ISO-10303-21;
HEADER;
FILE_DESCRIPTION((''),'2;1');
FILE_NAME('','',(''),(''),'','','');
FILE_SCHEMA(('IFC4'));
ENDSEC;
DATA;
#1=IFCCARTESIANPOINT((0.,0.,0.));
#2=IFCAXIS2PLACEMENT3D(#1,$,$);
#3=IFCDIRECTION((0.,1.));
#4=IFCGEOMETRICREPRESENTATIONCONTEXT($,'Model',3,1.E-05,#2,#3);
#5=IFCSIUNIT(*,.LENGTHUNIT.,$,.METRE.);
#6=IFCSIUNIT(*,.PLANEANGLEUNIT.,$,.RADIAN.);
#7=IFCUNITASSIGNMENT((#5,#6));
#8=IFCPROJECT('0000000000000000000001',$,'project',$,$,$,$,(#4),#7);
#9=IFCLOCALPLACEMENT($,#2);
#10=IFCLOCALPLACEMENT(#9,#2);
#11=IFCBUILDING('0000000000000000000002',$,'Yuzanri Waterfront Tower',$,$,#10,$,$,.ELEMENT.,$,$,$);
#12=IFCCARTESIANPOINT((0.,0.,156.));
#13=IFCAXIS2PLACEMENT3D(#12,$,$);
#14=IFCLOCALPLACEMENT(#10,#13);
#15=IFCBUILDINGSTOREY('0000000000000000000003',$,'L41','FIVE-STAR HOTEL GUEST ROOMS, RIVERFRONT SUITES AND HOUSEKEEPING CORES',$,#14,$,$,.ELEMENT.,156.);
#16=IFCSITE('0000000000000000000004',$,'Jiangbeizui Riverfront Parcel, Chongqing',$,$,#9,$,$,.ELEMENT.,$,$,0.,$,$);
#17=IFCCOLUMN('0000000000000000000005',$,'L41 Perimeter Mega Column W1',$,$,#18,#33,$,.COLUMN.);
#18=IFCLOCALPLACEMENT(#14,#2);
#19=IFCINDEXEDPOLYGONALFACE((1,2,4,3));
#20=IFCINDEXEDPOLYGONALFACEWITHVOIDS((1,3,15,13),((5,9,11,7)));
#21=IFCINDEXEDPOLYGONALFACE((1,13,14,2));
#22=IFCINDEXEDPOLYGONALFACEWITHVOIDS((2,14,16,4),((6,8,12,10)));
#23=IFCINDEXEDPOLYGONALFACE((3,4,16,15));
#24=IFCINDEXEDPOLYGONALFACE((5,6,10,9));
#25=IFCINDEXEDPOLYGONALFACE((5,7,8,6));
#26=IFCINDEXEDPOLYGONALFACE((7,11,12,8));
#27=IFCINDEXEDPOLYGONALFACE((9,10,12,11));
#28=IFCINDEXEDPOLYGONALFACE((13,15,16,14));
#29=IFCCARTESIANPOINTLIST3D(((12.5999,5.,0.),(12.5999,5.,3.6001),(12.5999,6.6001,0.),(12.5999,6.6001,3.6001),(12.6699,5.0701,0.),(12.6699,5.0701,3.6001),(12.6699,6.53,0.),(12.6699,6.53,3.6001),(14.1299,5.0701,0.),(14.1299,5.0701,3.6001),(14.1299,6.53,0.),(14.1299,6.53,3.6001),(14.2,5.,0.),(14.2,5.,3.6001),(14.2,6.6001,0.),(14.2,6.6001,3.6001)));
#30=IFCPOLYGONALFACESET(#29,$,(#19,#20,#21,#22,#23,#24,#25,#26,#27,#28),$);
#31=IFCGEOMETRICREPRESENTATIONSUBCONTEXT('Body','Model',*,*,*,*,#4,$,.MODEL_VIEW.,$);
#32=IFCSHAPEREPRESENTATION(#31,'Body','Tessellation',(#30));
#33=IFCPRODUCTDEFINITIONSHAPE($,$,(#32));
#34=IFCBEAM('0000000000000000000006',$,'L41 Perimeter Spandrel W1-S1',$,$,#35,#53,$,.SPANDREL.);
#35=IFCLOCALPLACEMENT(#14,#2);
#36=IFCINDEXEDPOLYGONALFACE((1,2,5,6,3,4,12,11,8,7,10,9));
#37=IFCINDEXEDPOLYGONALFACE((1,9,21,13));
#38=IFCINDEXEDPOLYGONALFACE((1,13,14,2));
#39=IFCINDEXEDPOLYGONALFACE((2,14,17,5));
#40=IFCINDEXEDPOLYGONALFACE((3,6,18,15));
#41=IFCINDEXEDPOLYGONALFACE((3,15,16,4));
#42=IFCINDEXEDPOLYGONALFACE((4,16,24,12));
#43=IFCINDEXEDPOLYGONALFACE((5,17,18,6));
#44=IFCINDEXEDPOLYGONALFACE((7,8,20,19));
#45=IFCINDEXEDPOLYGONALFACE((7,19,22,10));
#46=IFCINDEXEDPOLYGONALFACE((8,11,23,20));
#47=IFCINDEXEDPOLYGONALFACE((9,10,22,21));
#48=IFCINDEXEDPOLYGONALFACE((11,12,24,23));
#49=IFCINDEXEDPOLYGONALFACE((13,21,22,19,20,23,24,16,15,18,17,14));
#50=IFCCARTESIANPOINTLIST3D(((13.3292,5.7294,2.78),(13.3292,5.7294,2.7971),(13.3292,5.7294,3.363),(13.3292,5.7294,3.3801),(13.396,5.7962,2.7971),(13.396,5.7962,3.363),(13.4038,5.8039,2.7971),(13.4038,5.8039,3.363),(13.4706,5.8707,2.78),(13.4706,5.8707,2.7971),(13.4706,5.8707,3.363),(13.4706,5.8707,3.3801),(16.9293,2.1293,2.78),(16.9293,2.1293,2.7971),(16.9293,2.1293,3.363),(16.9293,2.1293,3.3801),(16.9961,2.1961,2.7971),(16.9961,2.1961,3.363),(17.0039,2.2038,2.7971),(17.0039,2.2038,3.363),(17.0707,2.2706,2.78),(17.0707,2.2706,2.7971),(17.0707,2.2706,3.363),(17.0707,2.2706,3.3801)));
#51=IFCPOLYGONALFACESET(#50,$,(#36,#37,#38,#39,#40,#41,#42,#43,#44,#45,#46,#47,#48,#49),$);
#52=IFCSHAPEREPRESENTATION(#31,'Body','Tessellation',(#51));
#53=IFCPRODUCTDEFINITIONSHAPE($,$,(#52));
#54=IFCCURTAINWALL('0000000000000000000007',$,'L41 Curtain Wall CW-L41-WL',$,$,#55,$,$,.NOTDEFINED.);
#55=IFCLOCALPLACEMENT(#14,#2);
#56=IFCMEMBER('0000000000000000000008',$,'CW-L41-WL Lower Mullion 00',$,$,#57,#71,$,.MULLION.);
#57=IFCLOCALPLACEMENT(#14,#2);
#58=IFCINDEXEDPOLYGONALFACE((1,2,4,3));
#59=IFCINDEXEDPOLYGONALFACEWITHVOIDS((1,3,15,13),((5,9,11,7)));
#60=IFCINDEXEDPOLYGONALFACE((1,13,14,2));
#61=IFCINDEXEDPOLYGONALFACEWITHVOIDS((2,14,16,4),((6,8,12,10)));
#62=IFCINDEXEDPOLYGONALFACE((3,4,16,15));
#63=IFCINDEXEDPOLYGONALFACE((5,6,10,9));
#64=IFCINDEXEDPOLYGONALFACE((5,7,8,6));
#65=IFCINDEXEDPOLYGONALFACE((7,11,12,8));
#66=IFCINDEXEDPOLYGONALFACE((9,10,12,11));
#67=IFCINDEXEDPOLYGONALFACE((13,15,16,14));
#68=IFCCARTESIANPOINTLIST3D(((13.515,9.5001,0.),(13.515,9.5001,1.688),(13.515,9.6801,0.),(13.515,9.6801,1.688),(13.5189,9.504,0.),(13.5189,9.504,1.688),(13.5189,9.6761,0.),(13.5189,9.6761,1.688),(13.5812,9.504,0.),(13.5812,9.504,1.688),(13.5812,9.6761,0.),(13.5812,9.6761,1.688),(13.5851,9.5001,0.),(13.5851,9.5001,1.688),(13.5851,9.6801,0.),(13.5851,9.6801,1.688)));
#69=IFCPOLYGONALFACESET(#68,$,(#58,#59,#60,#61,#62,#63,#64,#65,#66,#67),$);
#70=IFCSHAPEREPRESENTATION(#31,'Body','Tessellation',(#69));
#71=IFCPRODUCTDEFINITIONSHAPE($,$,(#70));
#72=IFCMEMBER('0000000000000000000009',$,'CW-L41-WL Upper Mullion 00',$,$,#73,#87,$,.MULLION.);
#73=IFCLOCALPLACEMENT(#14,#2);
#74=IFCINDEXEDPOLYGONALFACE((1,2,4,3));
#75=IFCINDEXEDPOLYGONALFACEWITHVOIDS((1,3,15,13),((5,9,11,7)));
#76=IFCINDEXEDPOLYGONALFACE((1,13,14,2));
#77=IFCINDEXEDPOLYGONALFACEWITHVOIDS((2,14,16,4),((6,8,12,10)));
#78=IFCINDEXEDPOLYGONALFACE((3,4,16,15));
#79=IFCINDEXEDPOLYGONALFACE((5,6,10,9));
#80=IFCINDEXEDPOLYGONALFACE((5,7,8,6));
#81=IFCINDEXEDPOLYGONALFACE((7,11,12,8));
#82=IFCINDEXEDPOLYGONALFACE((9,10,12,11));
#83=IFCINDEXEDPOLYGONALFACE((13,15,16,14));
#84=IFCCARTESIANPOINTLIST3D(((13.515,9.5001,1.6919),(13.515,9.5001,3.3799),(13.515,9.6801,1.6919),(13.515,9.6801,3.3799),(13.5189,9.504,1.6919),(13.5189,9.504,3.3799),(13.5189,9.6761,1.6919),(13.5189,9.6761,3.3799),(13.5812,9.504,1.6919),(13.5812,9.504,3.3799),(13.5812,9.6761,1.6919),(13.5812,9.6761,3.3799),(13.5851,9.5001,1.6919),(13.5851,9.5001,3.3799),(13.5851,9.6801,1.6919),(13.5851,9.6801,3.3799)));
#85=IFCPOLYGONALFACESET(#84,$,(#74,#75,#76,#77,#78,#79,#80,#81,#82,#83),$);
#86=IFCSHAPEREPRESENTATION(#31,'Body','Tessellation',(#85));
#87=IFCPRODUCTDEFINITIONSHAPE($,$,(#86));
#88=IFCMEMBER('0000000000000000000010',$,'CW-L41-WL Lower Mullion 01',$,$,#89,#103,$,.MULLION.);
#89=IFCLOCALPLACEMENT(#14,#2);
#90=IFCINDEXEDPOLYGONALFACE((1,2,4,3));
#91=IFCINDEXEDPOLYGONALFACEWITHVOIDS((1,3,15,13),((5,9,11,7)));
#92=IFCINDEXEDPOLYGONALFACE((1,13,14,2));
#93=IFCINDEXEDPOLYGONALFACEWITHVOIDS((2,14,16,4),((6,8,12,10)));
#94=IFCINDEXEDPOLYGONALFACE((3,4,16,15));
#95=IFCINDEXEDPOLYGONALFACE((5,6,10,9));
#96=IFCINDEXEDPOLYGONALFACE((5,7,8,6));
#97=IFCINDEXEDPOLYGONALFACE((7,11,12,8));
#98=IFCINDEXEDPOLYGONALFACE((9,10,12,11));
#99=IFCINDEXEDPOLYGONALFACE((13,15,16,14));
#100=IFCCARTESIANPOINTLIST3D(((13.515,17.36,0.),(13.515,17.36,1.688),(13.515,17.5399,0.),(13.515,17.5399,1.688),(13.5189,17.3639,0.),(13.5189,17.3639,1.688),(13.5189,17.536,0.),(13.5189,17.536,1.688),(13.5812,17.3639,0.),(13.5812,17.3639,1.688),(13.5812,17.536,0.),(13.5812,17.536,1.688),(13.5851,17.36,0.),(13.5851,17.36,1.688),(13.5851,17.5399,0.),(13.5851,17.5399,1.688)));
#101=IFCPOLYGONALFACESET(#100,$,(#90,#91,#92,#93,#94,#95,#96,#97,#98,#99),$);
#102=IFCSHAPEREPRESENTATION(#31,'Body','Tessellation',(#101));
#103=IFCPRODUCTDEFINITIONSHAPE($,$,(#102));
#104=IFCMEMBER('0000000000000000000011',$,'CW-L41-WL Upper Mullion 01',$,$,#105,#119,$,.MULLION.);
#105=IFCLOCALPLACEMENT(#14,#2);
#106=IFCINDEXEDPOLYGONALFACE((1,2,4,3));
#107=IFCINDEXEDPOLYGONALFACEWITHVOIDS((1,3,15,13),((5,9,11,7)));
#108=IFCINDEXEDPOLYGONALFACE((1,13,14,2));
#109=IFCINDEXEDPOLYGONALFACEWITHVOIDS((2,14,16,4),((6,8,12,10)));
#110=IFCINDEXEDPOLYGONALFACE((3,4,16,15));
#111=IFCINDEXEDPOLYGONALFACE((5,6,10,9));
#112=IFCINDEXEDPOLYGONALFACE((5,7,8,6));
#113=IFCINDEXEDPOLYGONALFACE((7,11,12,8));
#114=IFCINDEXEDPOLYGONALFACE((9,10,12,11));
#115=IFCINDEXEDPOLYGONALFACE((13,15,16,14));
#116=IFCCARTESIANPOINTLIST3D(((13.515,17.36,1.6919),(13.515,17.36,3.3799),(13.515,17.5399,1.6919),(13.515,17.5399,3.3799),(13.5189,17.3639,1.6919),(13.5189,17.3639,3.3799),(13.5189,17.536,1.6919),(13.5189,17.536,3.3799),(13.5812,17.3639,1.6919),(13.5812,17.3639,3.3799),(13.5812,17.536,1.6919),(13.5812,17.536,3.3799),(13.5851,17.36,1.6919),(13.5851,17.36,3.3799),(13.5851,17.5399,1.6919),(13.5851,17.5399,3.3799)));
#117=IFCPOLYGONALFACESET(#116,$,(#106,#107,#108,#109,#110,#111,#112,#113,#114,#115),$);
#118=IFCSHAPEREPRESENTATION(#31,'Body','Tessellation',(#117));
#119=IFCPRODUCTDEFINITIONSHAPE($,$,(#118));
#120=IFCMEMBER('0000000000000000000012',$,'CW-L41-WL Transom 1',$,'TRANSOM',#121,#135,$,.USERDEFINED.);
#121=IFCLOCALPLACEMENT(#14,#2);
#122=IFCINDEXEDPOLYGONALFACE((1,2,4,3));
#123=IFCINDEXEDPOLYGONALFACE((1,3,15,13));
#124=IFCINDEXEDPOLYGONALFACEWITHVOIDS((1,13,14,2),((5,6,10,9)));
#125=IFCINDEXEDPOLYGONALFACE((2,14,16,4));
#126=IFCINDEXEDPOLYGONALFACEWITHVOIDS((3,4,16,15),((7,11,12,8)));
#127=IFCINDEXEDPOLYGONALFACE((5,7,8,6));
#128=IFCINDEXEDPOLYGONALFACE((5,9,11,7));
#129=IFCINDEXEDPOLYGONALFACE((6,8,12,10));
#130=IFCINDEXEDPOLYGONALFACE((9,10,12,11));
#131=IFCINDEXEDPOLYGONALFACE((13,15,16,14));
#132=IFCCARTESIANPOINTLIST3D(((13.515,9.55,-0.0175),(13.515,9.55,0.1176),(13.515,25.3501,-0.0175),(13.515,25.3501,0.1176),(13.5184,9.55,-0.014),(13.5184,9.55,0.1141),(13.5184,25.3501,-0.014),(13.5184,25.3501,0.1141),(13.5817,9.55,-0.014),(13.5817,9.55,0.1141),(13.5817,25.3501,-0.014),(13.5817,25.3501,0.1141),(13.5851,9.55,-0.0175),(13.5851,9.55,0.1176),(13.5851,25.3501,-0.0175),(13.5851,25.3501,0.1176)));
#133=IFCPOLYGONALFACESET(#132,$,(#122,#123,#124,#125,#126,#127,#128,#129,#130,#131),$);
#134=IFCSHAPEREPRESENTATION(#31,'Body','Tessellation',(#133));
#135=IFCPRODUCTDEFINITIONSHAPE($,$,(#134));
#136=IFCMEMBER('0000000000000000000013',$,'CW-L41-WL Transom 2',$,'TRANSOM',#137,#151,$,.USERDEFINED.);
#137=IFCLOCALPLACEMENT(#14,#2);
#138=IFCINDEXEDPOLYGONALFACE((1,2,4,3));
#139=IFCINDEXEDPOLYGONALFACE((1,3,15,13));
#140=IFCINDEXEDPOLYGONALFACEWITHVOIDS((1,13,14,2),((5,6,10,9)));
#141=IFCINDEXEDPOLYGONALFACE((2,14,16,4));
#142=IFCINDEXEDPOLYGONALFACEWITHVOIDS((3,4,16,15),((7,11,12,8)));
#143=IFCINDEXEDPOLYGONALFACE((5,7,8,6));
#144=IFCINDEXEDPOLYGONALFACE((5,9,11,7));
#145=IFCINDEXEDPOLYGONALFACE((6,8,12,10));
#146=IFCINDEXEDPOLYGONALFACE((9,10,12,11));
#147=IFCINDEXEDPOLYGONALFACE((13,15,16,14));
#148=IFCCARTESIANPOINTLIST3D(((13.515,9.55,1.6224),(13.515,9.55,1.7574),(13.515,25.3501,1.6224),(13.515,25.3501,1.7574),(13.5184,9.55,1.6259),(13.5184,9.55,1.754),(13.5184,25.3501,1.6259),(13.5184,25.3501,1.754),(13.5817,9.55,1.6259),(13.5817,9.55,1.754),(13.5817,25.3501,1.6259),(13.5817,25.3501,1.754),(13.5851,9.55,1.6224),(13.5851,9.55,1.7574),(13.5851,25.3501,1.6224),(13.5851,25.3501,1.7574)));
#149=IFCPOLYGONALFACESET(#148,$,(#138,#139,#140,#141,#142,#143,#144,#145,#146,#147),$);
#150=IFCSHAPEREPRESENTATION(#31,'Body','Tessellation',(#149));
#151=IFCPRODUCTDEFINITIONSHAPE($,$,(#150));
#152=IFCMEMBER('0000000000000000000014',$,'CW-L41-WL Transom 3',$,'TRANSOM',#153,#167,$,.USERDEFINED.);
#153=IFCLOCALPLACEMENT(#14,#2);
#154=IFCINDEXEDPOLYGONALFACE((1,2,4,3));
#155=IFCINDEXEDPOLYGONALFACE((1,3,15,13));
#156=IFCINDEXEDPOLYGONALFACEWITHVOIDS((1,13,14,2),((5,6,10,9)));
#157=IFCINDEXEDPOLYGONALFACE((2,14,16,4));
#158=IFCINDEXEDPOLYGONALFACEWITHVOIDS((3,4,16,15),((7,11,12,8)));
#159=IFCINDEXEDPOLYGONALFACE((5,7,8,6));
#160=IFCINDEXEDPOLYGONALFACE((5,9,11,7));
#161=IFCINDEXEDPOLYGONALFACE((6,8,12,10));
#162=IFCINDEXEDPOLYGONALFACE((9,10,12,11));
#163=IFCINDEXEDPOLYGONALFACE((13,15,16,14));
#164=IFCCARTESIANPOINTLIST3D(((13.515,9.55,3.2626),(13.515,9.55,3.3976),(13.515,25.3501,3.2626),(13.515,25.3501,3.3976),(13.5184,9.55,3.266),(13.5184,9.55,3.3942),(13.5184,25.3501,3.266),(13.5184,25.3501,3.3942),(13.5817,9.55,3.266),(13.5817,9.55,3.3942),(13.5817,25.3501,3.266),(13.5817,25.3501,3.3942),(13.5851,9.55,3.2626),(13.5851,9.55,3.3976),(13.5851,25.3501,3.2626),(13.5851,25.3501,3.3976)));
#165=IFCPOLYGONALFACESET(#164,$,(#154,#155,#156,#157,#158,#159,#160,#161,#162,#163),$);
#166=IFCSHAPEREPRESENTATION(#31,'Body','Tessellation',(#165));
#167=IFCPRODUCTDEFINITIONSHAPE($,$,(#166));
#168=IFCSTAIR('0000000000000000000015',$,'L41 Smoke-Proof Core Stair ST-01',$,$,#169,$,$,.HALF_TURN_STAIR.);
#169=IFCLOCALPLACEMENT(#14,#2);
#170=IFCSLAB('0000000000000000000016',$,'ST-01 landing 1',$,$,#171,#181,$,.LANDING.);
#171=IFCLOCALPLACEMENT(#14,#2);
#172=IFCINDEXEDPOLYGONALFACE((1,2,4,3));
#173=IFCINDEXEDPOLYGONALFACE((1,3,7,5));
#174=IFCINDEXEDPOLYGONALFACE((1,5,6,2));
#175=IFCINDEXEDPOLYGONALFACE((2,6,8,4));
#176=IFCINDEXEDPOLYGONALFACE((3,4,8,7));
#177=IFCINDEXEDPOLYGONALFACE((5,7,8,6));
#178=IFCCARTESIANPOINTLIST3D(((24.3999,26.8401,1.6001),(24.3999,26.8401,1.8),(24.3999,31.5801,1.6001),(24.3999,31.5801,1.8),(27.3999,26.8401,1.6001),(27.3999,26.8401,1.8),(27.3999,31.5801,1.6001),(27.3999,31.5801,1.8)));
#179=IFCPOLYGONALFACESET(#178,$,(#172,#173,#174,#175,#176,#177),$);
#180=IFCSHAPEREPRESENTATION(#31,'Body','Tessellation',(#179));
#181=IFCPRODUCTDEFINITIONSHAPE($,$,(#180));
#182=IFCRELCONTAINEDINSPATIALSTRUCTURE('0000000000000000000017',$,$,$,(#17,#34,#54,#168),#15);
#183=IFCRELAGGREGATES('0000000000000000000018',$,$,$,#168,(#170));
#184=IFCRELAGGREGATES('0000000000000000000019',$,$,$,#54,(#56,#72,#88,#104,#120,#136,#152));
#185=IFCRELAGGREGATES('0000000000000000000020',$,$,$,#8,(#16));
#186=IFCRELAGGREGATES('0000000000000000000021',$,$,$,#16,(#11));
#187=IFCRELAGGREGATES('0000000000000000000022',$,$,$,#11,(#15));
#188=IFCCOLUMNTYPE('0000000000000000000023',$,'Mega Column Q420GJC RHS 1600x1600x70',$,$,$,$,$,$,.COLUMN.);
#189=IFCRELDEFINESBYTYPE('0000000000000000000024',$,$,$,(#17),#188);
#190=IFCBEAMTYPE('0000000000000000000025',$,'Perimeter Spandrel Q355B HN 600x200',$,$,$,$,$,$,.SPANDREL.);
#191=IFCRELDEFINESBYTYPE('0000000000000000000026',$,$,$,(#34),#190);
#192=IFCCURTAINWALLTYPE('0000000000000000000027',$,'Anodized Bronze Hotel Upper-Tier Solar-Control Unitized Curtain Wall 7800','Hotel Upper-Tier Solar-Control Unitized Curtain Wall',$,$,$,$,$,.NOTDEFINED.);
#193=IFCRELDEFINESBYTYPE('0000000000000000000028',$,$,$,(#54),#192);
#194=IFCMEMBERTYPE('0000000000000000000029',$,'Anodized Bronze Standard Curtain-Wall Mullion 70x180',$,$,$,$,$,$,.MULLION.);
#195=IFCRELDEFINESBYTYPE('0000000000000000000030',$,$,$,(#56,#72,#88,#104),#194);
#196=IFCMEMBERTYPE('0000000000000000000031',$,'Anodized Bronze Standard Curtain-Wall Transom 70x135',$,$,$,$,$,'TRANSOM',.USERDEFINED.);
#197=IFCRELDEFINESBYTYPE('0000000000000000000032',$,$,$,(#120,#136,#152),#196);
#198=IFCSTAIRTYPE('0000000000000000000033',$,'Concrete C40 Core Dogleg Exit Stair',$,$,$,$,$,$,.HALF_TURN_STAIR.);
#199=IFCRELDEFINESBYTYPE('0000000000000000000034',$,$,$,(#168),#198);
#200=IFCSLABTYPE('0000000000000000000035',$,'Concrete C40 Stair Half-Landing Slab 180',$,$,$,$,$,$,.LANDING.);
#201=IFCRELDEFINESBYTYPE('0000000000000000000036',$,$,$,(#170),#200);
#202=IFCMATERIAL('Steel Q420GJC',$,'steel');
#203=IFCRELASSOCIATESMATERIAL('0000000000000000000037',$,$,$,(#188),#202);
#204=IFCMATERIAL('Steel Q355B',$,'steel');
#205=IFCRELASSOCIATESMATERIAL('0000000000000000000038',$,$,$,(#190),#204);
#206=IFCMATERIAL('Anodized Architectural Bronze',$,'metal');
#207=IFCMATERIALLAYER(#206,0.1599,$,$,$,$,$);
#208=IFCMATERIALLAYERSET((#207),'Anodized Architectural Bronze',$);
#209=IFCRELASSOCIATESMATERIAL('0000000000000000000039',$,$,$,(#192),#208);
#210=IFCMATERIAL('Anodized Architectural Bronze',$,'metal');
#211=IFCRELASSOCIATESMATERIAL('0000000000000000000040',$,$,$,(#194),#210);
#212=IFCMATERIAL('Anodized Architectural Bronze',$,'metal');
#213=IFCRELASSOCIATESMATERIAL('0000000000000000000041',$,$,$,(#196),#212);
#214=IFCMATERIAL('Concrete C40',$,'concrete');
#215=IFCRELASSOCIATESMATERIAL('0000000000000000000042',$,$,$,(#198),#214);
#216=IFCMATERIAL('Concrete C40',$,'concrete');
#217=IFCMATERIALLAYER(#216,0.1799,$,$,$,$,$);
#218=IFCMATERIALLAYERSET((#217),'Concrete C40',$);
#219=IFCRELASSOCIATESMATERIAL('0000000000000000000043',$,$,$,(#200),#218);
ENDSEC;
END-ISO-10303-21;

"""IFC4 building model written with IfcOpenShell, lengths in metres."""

from ifc_helpers import new_model, si_unit, direction, frame, origin, origin_2d, place, context, subcontext, project, spatial, polyline, hollow_rectangle, i_section, outline, extrude, source, transform, mapped, material, layer, layer_set, material_profile, profile_set, type_object, element, aggregate, save


model = new_model("IFC4")

# Units and contexts
model_context = context("Model", 3, precision=1e-05, world=origin(), true_north=direction((0.0, 1.0)))
body_context = subcontext(model_context, "Body", "Model", "MODEL_VIEW")
ifc_project = project(units=[si_unit("LENGTHUNIT", "METRE"), si_unit("PLANEANGLEUNIT", "RADIAN")], contexts=[model_context])

# Site, building, storey
site_placement = place(None, origin())
site = spatial("IfcSite", under=ifc_project, at=site_placement, Name="Jiangbeizui Riverfront Parcel, Chongqing", CompositionType="ELEMENT", RefElevation=0.0)
building_placement = place(site_placement, origin())
building = spatial("IfcBuilding", under=site, at=building_placement, Name="Yuzanri Waterfront Tower", CompositionType="ELEMENT")
storey_placement = place(building_placement, frame((0.0, 0.0, 156.0)))
storey = spatial("IfcBuildingStorey", under=building, at=storey_placement, Name="L41", Description="FIVE-STAR HOTEL GUEST ROOMS, RIVERFRONT SUITES AND HOUSEKEEPING CORES", CompositionType="ELEMENT", Elevation=156.0)

# Column
ifc_material_1 = material(Name="Steel Q420GJC", Category="steel")
ifc_material_profile_1 = material_profile(ifc_material_1, hollow_rectangle(XDim=1.6001, YDim=1.6001, WallThickness=0.0701, at=origin_2d()), Name="RHS 1600x1600x70")
ifc_profile_set_1 = profile_set([ifc_material_profile_1], Name="Steel Q420GJC")
column_type = type_object("IfcColumnType", Name="Mega Column Q420GJC RHS 1600x1600x70", PredefinedType="COLUMN", material=ifc_profile_set_1)
shared_shape_1 = source(origin(), body_context, "Body", "SweptSolid", [
    extrude(hollow_rectangle(XDim=1.6001, YDim=1.6001, WallThickness=0.0701, at=origin_2d()), origin(), (0.0, 0.0, 1.0), 3.6001),
])
column_placement = place(storey_placement, frame((13.3999, 5.8, 0.0), z_axis=(0.0, 0.0, 1.0), x_axis=(1.0, 0.0, 0.0)))
element("IfcColumn", 1, at=column_placement, inside=storey, type_object=column_type, Name="L41 Perimeter Mega Column W1", PredefinedType="COLUMN", context=body_context, shape_type="MappedRepresentation", body=[
    mapped(shared_shape_1, transform((0.0, 0.0, 0.0), scale=1.0)),
])

# Beam
ifc_material_2 = material(Name="Steel Q355B", Category="steel")
ifc_material_profile_2 = material_profile(ifc_material_2, i_section(OverallWidth=0.2, OverallDepth=0.6001, WebThickness=0.011, FlangeThickness=0.0171, at=origin_2d()), Name="HN 600x200x11x17")
ifc_profile_set_2 = profile_set([ifc_material_profile_2], Name="Steel Q355B")
beam_type = type_object("IfcBeamType", Name="Perimeter Spandrel Q355B HN 600x200", PredefinedType="SPANDREL", material=ifc_profile_set_2)
shared_shape_2 = source(origin(), body_context, "Body", "SweptSolid", [
    extrude(i_section(OverallWidth=0.2, OverallDepth=0.6001, WebThickness=0.011, FlangeThickness=0.0171, at=origin_2d()), origin(), (0.0, 0.0, 1.0), 5.0913),
])
beam_placement = place(storey_placement, frame((13.3999, 5.8, 3.0801), z_axis=(0.707107, -0.707107, 0.0), x_axis=(0.707107, 0.707107, 0.0)))
element("IfcBeam", 2, at=beam_placement, inside=storey, type_object=beam_type, Name="L41 Perimeter Spandrel W1-S1", PredefinedType="SPANDREL", context=body_context, shape_type="MappedRepresentation", body=[
    mapped(shared_shape_2, transform((0.0, 0.0, 0.0), scale=1.0)),
])

# Curtain wall, members
ifc_material_3 = material(Name="Anodized Architectural Bronze", Category="metal")
ifc_layer_1 = layer(ifc_material_3, 0.1599)
ifc_layer_set_1 = layer_set([ifc_layer_1], Name="Anodized Architectural Bronze")
curtain_wall_type = type_object("IfcCurtainWallType", Name="Anodized Bronze Hotel Upper-Tier Solar-Control Unitized Curtain Wall 7800", Description="Hotel Upper-Tier Solar-Control Unitized Curtain Wall", PredefinedType="NOTDEFINED", material=ifc_layer_set_1)
curtain_wall_placement = place(storey_placement, origin())
curtain_wall = element("IfcCurtainWall", 3, at=curtain_wall_placement, inside=storey, type_object=curtain_wall_type, Name="L41 Curtain Wall CW-L41-WL", PredefinedType="NOTDEFINED")
ifc_material_4 = material(Name="Anodized Architectural Bronze", Category="metal")
ifc_material_profile_3 = material_profile(ifc_material_4, hollow_rectangle(XDim=0.0701, YDim=0.1799, WallThickness=0.0039, at=origin_2d()), Name="CWM 70x180")
ifc_profile_set_3 = profile_set([ifc_material_profile_3], Name="Anodized Architectural Bronze")
member_type_1 = type_object("IfcMemberType", Name="Anodized Bronze Standard Curtain-Wall Mullion 70x180", PredefinedType="MULLION", material=ifc_profile_set_3)
shared_shape_3 = source(origin(), body_context, "Body", "SweptSolid", [
    extrude(hollow_rectangle(XDim=0.0701, YDim=0.1799, WallThickness=0.0039, at=origin_2d()), origin(), (0.0, 0.0, 1.0), 1.688),
])
member_1_placement = place(storey_placement, frame((13.55, 9.5901, 0.0), z_axis=(0.0, 0.0, 1.0), x_axis=(1.0, 0.0, 0.0)))
member_1 = element("IfcMember", 4, at=member_1_placement, type_object=member_type_1, Name="CW-L41-WL Lower Mullion 00", PredefinedType="MULLION", context=body_context, shape_type="MappedRepresentation", body=[
    mapped(shared_shape_3, transform((0.0, 0.0, 0.0), scale=1.0)),
])
member_2_placement = place(storey_placement, frame((13.55, 9.5901, 1.6919), z_axis=(0.0, 0.0, 1.0), x_axis=(1.0, 0.0, 0.0)))
member_2 = element("IfcMember", 5, at=member_2_placement, type_object=member_type_1, Name="CW-L41-WL Upper Mullion 00", PredefinedType="MULLION", context=body_context, shape_type="MappedRepresentation", body=[
    mapped(shared_shape_3, transform((0.0, 0.0, 0.0), scale=1.0)),
])
member_3_placement = place(storey_placement, frame((13.55, 17.45, 0.0), z_axis=(0.0, 0.0, 1.0), x_axis=(1.0, 0.0, 0.0)))
member_3 = element("IfcMember", 6, at=member_3_placement, type_object=member_type_1, Name="CW-L41-WL Lower Mullion 01", PredefinedType="MULLION", context=body_context, shape_type="MappedRepresentation", body=[
    mapped(shared_shape_3, transform((0.0, 0.0, 0.0), scale=1.0)),
])
member_4_placement = place(storey_placement, frame((13.55, 17.45, 1.6919), z_axis=(0.0, 0.0, 1.0), x_axis=(1.0, 0.0, 0.0)))
member_4 = element("IfcMember", 7, at=member_4_placement, type_object=member_type_1, Name="CW-L41-WL Upper Mullion 01", PredefinedType="MULLION", context=body_context, shape_type="MappedRepresentation", body=[
    mapped(shared_shape_3, transform((0.0, 0.0, 0.0), scale=1.0)),
])
ifc_material_5 = material(Name="Anodized Architectural Bronze", Category="metal")
ifc_material_profile_4 = material_profile(ifc_material_5, hollow_rectangle(XDim=0.0701, YDim=0.135, WallThickness=0.0034, at=origin_2d()), Name="CWT 70x135")
ifc_profile_set_4 = profile_set([ifc_material_profile_4], Name="Anodized Architectural Bronze")
member_type_2 = type_object("IfcMemberType", Name="Anodized Bronze Standard Curtain-Wall Transom 70x135", ElementType="TRANSOM", PredefinedType="USERDEFINED", material=ifc_profile_set_4)
shared_shape_4 = source(origin(), body_context, "Body", "SweptSolid", [
    extrude(hollow_rectangle(XDim=0.0701, YDim=0.135, WallThickness=0.0034, at=origin_2d()), origin(), (0.0, 0.0, 1.0), 15.8),
])
member_5_placement = place(storey_placement, frame((13.55, 9.55, 0.05), z_axis=(0.0, 1.0, 0.0), x_axis=(-1.0, 0.0, 0.0)))
member_5 = element("IfcMember", 8, at=member_5_placement, type_object=member_type_2, Name="CW-L41-WL Transom 1", ObjectType="TRANSOM", PredefinedType="USERDEFINED", context=body_context, shape_type="MappedRepresentation", body=[
    mapped(shared_shape_4, transform((0.0, 0.0, 0.0), scale=1.0)),
])
member_6_placement = place(storey_placement, frame((13.55, 9.55, 1.6899), z_axis=(0.0, 1.0, 0.0), x_axis=(-1.0, 0.0, 0.0)))
member_6 = element("IfcMember", 9, at=member_6_placement, type_object=member_type_2, Name="CW-L41-WL Transom 2", ObjectType="TRANSOM", PredefinedType="USERDEFINED", context=body_context, shape_type="MappedRepresentation", body=[
    mapped(shared_shape_4, transform((0.0, 0.0, 0.0), scale=1.0)),
])
member_7_placement = place(storey_placement, frame((13.55, 9.55, 3.3301), z_axis=(0.0, 1.0, 0.0), x_axis=(-1.0, 0.0, 0.0)))
member_7 = element("IfcMember", 10, at=member_7_placement, type_object=member_type_2, Name="CW-L41-WL Transom 3", ObjectType="TRANSOM", PredefinedType="USERDEFINED", context=body_context, shape_type="MappedRepresentation", body=[
    mapped(shared_shape_4, transform((0.0, 0.0, 0.0), scale=1.0)),
])

# Stair, slab
ifc_material_6 = material(Name="Concrete C40", Category="concrete")
stair_type = type_object("IfcStairType", Name="Concrete C40 Core Dogleg Exit Stair", PredefinedType="HALF_TURN_STAIR", material=ifc_material_6)
stair_1_placement = place(storey_placement, origin())
stair_1 = element("IfcStair", 11, at=stair_1_placement, inside=storey, type_object=stair_type, Name="L41 Smoke-Proof Core Stair ST-01", PredefinedType="HALF_TURN_STAIR")
ifc_material_7 = material(Name="Concrete C40", Category="concrete")
ifc_layer_2 = layer(ifc_material_7, 0.1799)
ifc_layer_set_2 = layer_set([ifc_layer_2], Name="Concrete C40")
slab_type_1 = type_object("IfcSlabType", Name="Concrete C40 Stair Half-Landing Slab 180", PredefinedType="LANDING", material=ifc_layer_set_2)
slab_1_placement = place(storey_placement, frame((0.0, 0.0, 1.6001)))
slab_1 = element("IfcSlab", 12, at=slab_1_placement, type_object=slab_type_1, Name="ST-01 landing 1", PredefinedType="LANDING", context=body_context, shape_type="SweptSolid", body=[
    extrude(outline(polyline([(27.3999, 26.8401), (27.3999, 31.5801), (24.3999, 31.5801), (24.3999, 26.8401), (27.3999, 26.8401)])), origin(), (0.0, 0.0, 1.0), 0.2),
])
aggregate(stair_1, [slab_1])

aggregate(curtain_wall, [member_1, member_2, member_3, member_4, member_5, member_6, member_7])

save(model, "model.ifc")
